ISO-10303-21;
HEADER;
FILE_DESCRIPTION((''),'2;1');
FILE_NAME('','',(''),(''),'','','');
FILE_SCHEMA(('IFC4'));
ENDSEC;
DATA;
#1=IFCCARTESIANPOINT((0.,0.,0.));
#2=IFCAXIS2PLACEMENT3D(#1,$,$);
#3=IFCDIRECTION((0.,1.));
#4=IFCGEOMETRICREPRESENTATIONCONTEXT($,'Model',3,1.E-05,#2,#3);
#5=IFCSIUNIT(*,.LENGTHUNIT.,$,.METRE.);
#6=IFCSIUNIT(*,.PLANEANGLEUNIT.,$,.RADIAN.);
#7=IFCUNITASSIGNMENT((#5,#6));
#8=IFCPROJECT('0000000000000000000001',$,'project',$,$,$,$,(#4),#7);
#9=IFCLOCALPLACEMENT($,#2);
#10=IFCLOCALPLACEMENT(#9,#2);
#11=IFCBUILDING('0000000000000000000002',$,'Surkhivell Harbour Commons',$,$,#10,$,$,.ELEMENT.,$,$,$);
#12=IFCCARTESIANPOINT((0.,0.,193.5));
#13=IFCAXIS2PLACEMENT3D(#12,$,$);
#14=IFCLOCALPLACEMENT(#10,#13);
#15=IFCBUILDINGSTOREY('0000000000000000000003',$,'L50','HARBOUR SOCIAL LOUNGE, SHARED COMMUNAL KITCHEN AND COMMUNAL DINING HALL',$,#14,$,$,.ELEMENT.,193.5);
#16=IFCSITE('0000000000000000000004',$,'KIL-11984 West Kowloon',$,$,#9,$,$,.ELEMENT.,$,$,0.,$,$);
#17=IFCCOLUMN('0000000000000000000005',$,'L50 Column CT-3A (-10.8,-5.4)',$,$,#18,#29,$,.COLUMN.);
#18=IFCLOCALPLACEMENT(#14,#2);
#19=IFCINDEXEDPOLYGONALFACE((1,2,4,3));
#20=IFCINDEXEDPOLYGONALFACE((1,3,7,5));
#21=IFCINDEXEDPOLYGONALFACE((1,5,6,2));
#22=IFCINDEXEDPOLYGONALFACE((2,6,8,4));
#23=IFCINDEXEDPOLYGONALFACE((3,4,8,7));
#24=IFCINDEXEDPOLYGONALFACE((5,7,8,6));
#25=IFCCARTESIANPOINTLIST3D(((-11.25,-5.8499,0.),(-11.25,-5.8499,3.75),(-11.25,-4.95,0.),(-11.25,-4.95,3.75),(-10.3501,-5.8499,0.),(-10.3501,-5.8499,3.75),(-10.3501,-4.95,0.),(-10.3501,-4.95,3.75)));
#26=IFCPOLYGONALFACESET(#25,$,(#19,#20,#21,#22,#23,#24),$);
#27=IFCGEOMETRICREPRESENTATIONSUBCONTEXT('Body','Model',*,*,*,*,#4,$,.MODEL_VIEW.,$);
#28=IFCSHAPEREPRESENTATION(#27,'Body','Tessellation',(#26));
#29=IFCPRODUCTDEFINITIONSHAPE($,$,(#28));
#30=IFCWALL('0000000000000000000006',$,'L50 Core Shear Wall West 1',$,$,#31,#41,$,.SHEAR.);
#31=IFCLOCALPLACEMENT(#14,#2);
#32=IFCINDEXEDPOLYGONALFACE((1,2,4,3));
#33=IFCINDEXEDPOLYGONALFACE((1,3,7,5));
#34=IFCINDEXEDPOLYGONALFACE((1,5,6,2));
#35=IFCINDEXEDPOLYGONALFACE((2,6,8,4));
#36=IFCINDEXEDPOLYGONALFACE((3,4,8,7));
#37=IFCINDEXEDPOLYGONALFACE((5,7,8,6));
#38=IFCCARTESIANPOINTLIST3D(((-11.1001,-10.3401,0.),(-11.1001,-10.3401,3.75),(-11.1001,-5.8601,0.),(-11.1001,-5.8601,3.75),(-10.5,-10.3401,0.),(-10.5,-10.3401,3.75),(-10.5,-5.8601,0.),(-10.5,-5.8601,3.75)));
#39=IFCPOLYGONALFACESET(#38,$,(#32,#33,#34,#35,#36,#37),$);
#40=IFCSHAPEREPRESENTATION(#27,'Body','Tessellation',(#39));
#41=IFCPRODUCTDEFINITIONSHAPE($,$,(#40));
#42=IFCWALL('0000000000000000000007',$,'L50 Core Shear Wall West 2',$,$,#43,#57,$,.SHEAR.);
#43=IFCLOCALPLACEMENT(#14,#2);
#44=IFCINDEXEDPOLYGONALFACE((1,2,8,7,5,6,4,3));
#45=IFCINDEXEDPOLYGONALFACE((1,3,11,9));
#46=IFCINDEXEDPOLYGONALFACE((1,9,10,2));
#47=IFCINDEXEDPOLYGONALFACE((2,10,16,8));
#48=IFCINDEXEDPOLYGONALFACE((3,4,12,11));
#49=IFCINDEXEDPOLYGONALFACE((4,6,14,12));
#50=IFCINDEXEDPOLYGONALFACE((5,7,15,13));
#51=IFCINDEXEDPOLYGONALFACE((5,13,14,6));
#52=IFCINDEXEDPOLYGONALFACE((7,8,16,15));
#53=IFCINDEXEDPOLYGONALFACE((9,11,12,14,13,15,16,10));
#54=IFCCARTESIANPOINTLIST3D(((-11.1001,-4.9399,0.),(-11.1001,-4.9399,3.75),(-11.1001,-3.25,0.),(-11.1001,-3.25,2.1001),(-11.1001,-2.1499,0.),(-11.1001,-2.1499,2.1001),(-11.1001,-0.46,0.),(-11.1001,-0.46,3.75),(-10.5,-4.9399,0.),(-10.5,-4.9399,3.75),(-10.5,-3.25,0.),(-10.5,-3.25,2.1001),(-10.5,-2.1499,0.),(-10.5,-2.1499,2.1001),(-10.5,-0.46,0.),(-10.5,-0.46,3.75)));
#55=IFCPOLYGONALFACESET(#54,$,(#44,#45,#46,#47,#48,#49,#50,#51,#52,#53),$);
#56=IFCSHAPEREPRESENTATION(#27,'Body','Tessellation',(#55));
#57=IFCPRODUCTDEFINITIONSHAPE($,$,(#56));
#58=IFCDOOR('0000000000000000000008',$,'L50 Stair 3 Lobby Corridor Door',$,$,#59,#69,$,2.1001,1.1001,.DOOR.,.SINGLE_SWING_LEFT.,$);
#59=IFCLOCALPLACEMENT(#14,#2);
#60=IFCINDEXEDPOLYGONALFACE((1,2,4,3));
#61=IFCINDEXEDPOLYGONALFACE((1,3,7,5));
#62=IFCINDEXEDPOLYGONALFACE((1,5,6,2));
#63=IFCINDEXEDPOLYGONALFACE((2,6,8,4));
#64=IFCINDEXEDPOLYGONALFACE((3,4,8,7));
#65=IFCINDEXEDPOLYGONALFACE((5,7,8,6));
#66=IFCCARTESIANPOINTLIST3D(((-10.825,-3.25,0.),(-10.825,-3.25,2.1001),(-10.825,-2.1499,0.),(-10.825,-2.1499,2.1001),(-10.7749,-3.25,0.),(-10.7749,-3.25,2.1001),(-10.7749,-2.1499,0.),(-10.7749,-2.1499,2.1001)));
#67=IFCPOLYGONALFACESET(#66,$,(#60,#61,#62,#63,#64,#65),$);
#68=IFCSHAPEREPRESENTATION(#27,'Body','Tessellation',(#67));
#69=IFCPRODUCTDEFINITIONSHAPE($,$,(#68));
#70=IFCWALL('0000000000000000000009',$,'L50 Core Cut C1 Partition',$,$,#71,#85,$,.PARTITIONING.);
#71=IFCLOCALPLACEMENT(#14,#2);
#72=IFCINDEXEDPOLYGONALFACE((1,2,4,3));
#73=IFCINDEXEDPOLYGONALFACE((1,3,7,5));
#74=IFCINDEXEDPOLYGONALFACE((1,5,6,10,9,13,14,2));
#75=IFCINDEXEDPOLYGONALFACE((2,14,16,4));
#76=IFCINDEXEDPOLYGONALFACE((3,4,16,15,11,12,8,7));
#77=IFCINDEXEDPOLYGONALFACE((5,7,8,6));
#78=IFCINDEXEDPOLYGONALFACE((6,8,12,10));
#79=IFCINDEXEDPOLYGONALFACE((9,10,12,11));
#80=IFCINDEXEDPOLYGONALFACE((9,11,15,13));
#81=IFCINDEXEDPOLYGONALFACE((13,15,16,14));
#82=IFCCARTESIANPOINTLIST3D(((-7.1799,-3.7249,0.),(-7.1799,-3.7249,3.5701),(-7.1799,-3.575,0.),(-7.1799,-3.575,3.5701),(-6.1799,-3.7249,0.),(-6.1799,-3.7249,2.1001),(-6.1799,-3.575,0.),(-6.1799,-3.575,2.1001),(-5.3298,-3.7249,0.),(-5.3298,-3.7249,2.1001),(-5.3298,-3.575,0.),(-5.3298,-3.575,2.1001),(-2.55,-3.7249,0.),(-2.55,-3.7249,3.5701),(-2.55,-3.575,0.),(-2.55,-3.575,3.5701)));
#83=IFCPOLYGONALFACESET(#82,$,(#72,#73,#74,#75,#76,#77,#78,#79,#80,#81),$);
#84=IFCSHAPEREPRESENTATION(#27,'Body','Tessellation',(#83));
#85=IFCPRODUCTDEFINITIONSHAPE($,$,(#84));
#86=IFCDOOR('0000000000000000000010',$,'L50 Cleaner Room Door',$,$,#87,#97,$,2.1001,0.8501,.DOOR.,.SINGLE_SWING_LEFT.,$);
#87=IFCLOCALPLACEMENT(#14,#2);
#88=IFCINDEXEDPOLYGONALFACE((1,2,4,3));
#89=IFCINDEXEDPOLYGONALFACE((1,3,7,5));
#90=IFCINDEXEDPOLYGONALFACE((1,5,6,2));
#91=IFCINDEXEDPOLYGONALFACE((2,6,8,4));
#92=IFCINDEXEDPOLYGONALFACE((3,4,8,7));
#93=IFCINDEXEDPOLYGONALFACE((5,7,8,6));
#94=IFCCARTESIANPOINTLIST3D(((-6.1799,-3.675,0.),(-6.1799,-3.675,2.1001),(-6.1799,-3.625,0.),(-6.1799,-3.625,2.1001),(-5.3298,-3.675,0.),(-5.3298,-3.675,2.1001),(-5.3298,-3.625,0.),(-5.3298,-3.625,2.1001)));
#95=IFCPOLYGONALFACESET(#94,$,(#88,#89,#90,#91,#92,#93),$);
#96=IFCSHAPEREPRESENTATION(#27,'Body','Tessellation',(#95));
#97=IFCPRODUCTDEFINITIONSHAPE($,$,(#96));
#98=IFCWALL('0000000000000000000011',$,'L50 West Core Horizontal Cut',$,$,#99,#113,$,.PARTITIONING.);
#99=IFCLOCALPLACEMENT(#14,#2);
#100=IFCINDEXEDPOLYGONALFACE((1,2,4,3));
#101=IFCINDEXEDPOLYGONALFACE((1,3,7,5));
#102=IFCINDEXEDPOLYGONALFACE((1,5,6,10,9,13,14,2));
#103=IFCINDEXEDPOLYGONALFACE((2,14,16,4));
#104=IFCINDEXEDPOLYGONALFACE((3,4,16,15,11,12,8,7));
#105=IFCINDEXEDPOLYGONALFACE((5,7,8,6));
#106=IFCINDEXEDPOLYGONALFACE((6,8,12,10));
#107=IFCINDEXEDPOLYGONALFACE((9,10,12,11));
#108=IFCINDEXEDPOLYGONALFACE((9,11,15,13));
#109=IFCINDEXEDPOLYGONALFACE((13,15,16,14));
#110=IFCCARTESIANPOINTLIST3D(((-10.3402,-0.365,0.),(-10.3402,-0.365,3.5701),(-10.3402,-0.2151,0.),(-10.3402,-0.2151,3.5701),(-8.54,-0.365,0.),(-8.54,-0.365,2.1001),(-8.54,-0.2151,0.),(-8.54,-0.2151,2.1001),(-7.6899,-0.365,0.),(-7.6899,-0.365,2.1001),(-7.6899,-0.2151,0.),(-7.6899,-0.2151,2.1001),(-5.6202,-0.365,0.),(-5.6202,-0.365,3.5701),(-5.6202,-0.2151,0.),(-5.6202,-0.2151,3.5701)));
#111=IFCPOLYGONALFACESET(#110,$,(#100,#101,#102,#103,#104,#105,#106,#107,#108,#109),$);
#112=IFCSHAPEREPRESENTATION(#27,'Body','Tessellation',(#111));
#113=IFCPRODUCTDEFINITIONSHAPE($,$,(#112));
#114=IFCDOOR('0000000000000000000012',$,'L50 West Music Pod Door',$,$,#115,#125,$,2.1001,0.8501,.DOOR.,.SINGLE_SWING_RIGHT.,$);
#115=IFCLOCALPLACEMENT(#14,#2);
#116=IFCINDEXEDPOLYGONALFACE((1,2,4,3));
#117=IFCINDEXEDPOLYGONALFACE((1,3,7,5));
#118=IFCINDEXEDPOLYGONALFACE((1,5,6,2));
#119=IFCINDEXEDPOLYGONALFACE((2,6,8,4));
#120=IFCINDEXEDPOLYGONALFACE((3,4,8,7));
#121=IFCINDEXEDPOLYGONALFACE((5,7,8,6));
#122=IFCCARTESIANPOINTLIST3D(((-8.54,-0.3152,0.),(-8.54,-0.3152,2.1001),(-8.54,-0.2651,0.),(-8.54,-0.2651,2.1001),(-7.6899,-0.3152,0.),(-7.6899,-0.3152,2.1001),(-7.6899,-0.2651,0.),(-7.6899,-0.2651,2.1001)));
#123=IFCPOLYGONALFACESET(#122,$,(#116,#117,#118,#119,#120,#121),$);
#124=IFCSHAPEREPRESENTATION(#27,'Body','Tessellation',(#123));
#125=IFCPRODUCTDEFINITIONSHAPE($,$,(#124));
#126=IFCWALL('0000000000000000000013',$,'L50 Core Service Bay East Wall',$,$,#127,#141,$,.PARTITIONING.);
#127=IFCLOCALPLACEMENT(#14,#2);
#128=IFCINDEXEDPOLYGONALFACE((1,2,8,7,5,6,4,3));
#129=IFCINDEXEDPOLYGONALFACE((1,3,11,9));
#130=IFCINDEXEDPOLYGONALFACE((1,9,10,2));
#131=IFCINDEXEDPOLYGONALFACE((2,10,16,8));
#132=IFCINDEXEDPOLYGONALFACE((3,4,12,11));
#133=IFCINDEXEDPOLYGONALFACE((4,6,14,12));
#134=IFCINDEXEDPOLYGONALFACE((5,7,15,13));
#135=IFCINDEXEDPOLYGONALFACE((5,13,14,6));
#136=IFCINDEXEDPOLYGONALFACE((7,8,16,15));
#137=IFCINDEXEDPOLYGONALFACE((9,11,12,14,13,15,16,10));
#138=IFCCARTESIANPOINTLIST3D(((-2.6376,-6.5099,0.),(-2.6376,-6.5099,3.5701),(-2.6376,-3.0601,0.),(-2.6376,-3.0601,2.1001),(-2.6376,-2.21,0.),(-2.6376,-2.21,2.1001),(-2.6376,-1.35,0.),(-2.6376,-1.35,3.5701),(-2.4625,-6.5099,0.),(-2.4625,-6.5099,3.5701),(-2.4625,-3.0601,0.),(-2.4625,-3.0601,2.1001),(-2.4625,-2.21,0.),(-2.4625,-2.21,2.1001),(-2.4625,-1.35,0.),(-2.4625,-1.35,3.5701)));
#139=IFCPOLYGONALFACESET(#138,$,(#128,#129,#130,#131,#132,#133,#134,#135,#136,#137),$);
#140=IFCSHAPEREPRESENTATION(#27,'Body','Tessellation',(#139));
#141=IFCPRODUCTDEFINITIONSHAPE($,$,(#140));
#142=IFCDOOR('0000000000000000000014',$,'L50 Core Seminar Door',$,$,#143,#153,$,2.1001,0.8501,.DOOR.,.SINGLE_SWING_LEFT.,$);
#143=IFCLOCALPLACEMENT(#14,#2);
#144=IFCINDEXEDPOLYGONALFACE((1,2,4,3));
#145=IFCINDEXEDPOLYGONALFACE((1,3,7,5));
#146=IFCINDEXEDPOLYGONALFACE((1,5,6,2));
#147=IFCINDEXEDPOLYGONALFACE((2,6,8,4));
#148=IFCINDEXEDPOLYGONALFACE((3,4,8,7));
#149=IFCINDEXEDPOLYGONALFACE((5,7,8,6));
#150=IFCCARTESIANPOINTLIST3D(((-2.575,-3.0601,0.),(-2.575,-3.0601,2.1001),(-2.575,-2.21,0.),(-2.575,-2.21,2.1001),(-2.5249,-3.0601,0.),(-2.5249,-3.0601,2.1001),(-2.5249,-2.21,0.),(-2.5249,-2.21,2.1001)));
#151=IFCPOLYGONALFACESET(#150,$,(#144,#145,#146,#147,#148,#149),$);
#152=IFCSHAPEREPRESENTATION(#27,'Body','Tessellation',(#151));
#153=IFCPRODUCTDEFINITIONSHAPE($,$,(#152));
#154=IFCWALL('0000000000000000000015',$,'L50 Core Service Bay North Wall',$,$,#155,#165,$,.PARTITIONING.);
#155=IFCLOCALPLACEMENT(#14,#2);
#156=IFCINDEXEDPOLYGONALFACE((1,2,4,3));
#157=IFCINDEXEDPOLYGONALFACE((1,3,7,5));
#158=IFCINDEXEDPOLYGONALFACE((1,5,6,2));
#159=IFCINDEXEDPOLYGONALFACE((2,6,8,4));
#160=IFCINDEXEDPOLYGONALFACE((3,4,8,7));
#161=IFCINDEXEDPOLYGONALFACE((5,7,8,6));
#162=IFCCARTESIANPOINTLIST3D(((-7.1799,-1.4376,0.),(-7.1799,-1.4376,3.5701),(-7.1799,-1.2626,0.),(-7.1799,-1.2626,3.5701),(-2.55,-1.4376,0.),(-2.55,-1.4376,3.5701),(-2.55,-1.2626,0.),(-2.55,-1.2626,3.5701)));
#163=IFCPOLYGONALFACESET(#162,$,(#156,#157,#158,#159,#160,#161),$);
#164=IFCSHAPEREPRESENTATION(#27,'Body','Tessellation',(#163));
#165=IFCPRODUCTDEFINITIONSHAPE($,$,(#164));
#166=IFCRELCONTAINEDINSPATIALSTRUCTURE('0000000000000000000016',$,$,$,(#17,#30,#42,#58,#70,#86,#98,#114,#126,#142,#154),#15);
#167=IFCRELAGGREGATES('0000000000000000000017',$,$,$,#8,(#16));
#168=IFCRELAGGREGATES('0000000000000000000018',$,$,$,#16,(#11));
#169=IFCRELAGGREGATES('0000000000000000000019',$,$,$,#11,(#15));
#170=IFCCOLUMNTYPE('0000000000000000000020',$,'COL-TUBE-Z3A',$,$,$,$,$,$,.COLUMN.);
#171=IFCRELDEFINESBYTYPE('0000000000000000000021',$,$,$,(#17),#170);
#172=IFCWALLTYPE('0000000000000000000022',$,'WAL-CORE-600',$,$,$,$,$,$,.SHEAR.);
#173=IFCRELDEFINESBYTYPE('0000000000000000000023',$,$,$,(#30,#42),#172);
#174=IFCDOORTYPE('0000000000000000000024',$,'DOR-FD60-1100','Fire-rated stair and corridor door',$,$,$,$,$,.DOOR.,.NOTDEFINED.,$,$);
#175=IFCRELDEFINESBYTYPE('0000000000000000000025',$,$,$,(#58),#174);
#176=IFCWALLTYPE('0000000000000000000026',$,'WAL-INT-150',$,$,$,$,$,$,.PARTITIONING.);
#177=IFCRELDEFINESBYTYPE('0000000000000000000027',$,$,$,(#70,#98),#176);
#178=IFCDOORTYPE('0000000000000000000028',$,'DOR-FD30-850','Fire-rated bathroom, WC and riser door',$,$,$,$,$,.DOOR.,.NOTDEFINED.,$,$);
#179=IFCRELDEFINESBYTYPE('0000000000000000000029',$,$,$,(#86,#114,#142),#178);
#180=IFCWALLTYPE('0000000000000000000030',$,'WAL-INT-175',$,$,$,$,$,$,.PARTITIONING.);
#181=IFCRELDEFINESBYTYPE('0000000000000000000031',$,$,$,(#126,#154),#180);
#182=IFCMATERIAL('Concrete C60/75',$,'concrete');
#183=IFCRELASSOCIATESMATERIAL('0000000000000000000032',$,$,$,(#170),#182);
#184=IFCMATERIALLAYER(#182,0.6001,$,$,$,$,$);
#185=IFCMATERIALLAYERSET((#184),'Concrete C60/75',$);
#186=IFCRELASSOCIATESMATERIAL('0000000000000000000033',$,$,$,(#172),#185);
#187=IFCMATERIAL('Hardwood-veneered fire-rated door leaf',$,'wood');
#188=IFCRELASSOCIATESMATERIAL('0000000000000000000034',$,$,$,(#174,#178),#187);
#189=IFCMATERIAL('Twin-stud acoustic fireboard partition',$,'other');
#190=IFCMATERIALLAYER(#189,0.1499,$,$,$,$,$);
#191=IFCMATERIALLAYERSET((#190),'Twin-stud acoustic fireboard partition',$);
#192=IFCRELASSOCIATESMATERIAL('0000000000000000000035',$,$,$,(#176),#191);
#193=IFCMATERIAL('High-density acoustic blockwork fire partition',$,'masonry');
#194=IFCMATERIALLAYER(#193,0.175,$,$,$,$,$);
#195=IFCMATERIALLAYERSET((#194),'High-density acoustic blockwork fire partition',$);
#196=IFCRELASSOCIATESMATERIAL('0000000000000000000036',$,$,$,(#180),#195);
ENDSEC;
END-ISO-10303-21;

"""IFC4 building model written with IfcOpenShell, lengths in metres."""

from ifc_helpers import new_model, si_unit, direction, frame, frame_2d, origin, origin_2d, place, context, subcontext, project, spatial, rectangle, extrude, material, layer, layer_set, material_profile, profile_set, type_object, element, fill, save


model = new_model("IFC4")

# Units and contexts
model_context = context("Model", 3, precision=1e-05, world=origin(), true_north=direction((0.0, 1.0)))
body_context = subcontext(model_context, "Body", "Model", "MODEL_VIEW")
ifc_project = project(units=[si_unit("LENGTHUNIT", "METRE"), si_unit("PLANEANGLEUNIT", "RADIAN")], contexts=[model_context])

# Site, building, storey
site_placement = place(None, origin())
site = spatial("IfcSite", under=ifc_project, at=site_placement, Name="KIL-11984 West Kowloon", CompositionType="ELEMENT", RefElevation=0.0)
building_placement = place(site_placement, origin())
building = spatial("IfcBuilding", under=site, at=building_placement, Name="Surkhivell Harbour Commons", CompositionType="ELEMENT")
storey_placement = place(building_placement, frame((0.0, 0.0, 193.5)))
storey = spatial("IfcBuildingStorey", under=building, at=storey_placement, Name="L50", Description="HARBOUR SOCIAL LOUNGE, SHARED COMMUNAL KITCHEN AND COMMUNAL DINING HALL", CompositionType="ELEMENT", Elevation=193.5)

# Column
ifc_material_1 = material(Name="Concrete C60/75", Category="concrete")
ifc_material_profile = material_profile(ifc_material_1, rectangle(XDim=0.8999, YDim=0.8999, at=origin_2d()), Name="RC-COL-900x900")
ifc_profile_set = profile_set([ifc_material_profile], Name="Concrete C60/75")
column_type = type_object("IfcColumnType", Name="COL-TUBE-Z3A", PredefinedType="COLUMN", material=ifc_profile_set)
column_placement = place(storey_placement, frame((-10.8, -5.3999, 0.0), z_axis=(0.0, 0.0, 1.0), x_axis=(1.0, 0.0, 0.0)))
element("IfcColumn", 1, at=column_placement, inside=storey, type_object=column_type, Name="L50 Column CT-3A (-10.8,-5.4)", PredefinedType="COLUMN", context=body_context, shape_type="SweptSolid", body=[
    extrude(rectangle(XDim=0.8999, YDim=0.8999, at=origin_2d()), origin(), (0.0, 0.0, 1.0), 3.75),
])

# Wall
ifc_layer_1 = layer(ifc_material_1, 0.6001)
ifc_layer_set_1 = layer_set([ifc_layer_1], Name="Concrete C60/75")
wall_type_1 = type_object("IfcWallType", Name="WAL-CORE-600", PredefinedType="SHEAR", material=ifc_layer_set_1)
wall_1_placement = place(storey_placement, frame((-10.8, -10.3401, 0.0), z_axis=(0.0, 0.0, 1.0), x_axis=(0.0, 1.0, 0.0)))
element("IfcWall", 2, at=wall_1_placement, inside=storey, type_object=wall_type_1, Name="L50 Core Shear Wall West 1", PredefinedType="SHEAR", context=body_context, shape_type="SweptSolid", body=[
    extrude(rectangle(XDim=4.48, YDim=0.6001, at=frame_2d((2.24, 0.0))), origin(), (0.0, 0.0, 1.0), 3.75),
])

# Walls, openings, doors
wall_2_placement = place(storey_placement, frame((-10.8, -4.9399, 0.0), z_axis=(0.0, 0.0, 1.0), x_axis=(0.0, 1.0, 0.0)))
wall_2 = element("IfcWall", 3, at=wall_2_placement, inside=storey, type_object=wall_type_1, Name="L50 Core Shear Wall West 2", PredefinedType="SHEAR", context=body_context, shape_type="SweptSolid", body=[
    extrude(rectangle(XDim=4.48, YDim=0.6001, at=frame_2d((2.24, 0.0))), origin(), (0.0, 0.0, 1.0), 3.75),
])
opening_1_placement = place(wall_2_placement, frame((1.6899, 0.0, 0.0)))
opening_1 = element("IfcOpeningElement", 4, at=opening_1_placement, cuts=wall_2, PredefinedType="OPENING", context=body_context, shape_type="SweptSolid", body=[
    extrude(rectangle(XDim=1.1001, YDim=2.1001, at=frame_2d((0.55, 1.05))), frame((0.0, 0.3101, 0.0), z_axis=(0.0, -1.0, 0.0), x_axis=(1.0, 0.0, 0.0)), (0.0, 0.0, 1.0), 0.6201),
])
ifc_material_2 = material(Name="Hardwood-veneered fire-rated door leaf", Category="wood")
door_type_1 = type_object("IfcDoorType", Name="DOR-FD60-1100", Description="Fire-rated stair and corridor door", OperationType="NOTDEFINED", PredefinedType="DOOR", material=ifc_material_2)
door_1_placement = place(opening_1_placement, origin())
door_1 = element("IfcDoor", 5, at=door_1_placement, inside=storey, type_object=door_type_1, Name="L50 Stair 3 Lobby Corridor Door", OperationType="SINGLE_SWING_LEFT", OverallHeight=2.1001, OverallWidth=1.1001, PredefinedType="DOOR", context=body_context, shape_type="SweptSolid", body=[
    extrude(rectangle(XDim=1.1001, YDim=2.1001, at=frame_2d((0.55, 1.05))), frame((0.0, 0.0249, 0.0), z_axis=(0.0, -1.0, 0.0), x_axis=(1.0, 0.0, 0.0)), (0.0, 0.0, 1.0), 0.05),
])
fill(opening_1, door_1)
ifc_material_3 = material(Name="Twin-stud acoustic fireboard partition", Category="other")
ifc_layer_2 = layer(ifc_material_3, 0.1499)
ifc_layer_set_2 = layer_set([ifc_layer_2], Name="Twin-stud acoustic fireboard partition")
wall_type_2 = type_object("IfcWallType", Name="WAL-INT-150", PredefinedType="PARTITIONING", material=ifc_layer_set_2)
wall_3_placement = place(storey_placement, frame((-7.1799, -3.6499, 0.0), z_axis=(0.0, 0.0, 1.0), x_axis=(1.0, 0.0, 0.0)))
wall_3 = element("IfcWall", 6, at=wall_3_placement, inside=storey, type_object=wall_type_2, Name="L50 Core Cut C1 Partition", PredefinedType="PARTITIONING", context=body_context, shape_type="SweptSolid", body=[
    extrude(rectangle(XDim=4.6299, YDim=0.1499, at=frame_2d((2.3149, 0.0))), origin(), (0.0, 0.0, 1.0), 3.5701),
])
opening_2_placement = place(wall_3_placement, frame((1.0, 0.0, 0.0)))
opening_2 = element("IfcOpeningElement", 7, at=opening_2_placement, cuts=wall_3, PredefinedType="OPENING", context=body_context, shape_type="SweptSolid", body=[
    extrude(rectangle(XDim=0.8501, YDim=2.1001, at=frame_2d((0.425, 1.05))), frame((0.0, 0.085, 0.0), z_axis=(0.0, -1.0, 0.0), x_axis=(1.0, 0.0, 0.0)), (0.0, 0.0, 1.0), 0.1699),
])
door_type_2 = type_object("IfcDoorType", Name="DOR-FD30-850", Description="Fire-rated bathroom, WC and riser door", OperationType="NOTDEFINED", PredefinedType="DOOR", material=ifc_material_2)
door_2_placement = place(opening_2_placement, origin())
door_2 = element("IfcDoor", 8, at=door_2_placement, inside=storey, type_object=door_type_2, Name="L50 Cleaner Room Door", OperationType="SINGLE_SWING_LEFT", OverallHeight=2.1001, OverallWidth=0.8501, PredefinedType="DOOR", context=body_context, shape_type="SweptSolid", body=[
    extrude(rectangle(XDim=0.8501, YDim=2.1001, at=frame_2d((0.425, 1.05))), frame((0.0, 0.0249, 0.0), z_axis=(0.0, -1.0, 0.0), x_axis=(1.0, 0.0, 0.0)), (0.0, 0.0, 1.0), 0.05),
])
fill(opening_2, door_2)
wall_4_placement = place(storey_placement, frame((-10.3401, -0.29, 0.0), z_axis=(0.0, 0.0, 1.0), x_axis=(1.0, 0.0, 0.0)))
wall_4 = element("IfcWall", 9, at=wall_4_placement, inside=storey, type_object=wall_type_2, Name="L50 West Core Horizontal Cut", PredefinedType="PARTITIONING", context=body_context, shape_type="SweptSolid", body=[
    extrude(rectangle(XDim=4.72, YDim=0.1499, at=frame_2d((2.3599, 0.0))), origin(), (0.0, 0.0, 1.0), 3.5701),
])
opening_3_placement = place(wall_4_placement, frame((1.8, 0.0, 0.0)))
opening_3 = element("IfcOpeningElement", 10, at=opening_3_placement, cuts=wall_4, PredefinedType="OPENING", context=body_context, shape_type="SweptSolid", body=[
    extrude(rectangle(XDim=0.8501, YDim=2.1001, at=frame_2d((0.425, 1.05))), frame((0.0, 0.085, 0.0), z_axis=(0.0, -1.0, 0.0), x_axis=(1.0, 0.0, 0.0)), (0.0, 0.0, 1.0), 0.1699),
])
door_3_placement = place(opening_3_placement, origin())
door_3 = element("IfcDoor", 11, at=door_3_placement, inside=storey, type_object=door_type_2, Name="L50 West Music Pod Door", OperationType="SINGLE_SWING_RIGHT", OverallHeight=2.1001, OverallWidth=0.8501, PredefinedType="DOOR", context=body_context, shape_type="SweptSolid", body=[
    extrude(rectangle(XDim=0.8501, YDim=2.1001, at=frame_2d((0.425, 1.05))), frame((0.0, 0.0249, 0.0), z_axis=(0.0, -1.0, 0.0), x_axis=(1.0, 0.0, 0.0)), (0.0, 0.0, 1.0), 0.05),
])
fill(opening_3, door_3)
ifc_material_4 = material(Name="High-density acoustic blockwork fire partition", Category="masonry")
ifc_layer_3 = layer(ifc_material_4, 0.175)
ifc_layer_set_3 = layer_set([ifc_layer_3], Name="High-density acoustic blockwork fire partition")
wall_type_3 = type_object("IfcWallType", Name="WAL-INT-175", PredefinedType="PARTITIONING", material=ifc_layer_set_3)
wall_5_placement = place(storey_placement, frame((-2.55, -6.51, 0.0), z_axis=(0.0, 0.0, 1.0), x_axis=(0.0, 1.0, 0.0)))
wall_5 = element("IfcWall", 12, at=wall_5_placement, inside=storey, type_object=wall_type_3, Name="L50 Core Service Bay East Wall", PredefinedType="PARTITIONING", context=body_context, shape_type="SweptSolid", body=[
    extrude(rectangle(XDim=5.1599, YDim=0.175, at=frame_2d((2.5801, 0.0))), origin(), (0.0, 0.0, 1.0), 3.5701),
])
opening_4_placement = place(wall_5_placement, frame((3.45, 0.0, 0.0)))
opening_4 = element("IfcOpeningElement", 13, at=opening_4_placement, cuts=wall_5, PredefinedType="OPENING", context=body_context, shape_type="SweptSolid", body=[
    extrude(rectangle(XDim=0.8501, YDim=2.1001, at=frame_2d((0.425, 1.05))), frame((0.0, 0.0974, 0.0), z_axis=(0.0, -1.0, 0.0), x_axis=(1.0, 0.0, 0.0)), (0.0, 0.0, 1.0), 0.1951),
])
door_4_placement = place(opening_4_placement, origin())
door_4 = element("IfcDoor", 14, at=door_4_placement, inside=storey, type_object=door_type_2, Name="L50 Core Seminar Door", OperationType="SINGLE_SWING_LEFT", OverallHeight=2.1001, OverallWidth=0.8501, PredefinedType="DOOR", context=body_context, shape_type="SweptSolid", body=[
    extrude(rectangle(XDim=0.8501, YDim=2.1001, at=frame_2d((0.425, 1.05))), frame((0.0, 0.0249, 0.0), z_axis=(0.0, -1.0, 0.0), x_axis=(1.0, 0.0, 0.0)), (0.0, 0.0, 1.0), 0.05),
])
fill(opening_4, door_4)

# Wall
wall_6_placement = place(storey_placement, frame((-7.1799, -1.3501, 0.0), z_axis=(0.0, 0.0, 1.0), x_axis=(1.0, 0.0, 0.0)))
element("IfcWall", 15, at=wall_6_placement, inside=storey, type_object=wall_type_3, Name="L50 Core Service Bay North Wall", PredefinedType="PARTITIONING", context=body_context, shape_type="SweptSolid", body=[
    extrude(rectangle(XDim=4.6299, YDim=0.175, at=frame_2d((2.3149, 0.0))), origin(), (0.0, 0.0, 1.0), 3.5701),
])

save(model, "model.ifc")
